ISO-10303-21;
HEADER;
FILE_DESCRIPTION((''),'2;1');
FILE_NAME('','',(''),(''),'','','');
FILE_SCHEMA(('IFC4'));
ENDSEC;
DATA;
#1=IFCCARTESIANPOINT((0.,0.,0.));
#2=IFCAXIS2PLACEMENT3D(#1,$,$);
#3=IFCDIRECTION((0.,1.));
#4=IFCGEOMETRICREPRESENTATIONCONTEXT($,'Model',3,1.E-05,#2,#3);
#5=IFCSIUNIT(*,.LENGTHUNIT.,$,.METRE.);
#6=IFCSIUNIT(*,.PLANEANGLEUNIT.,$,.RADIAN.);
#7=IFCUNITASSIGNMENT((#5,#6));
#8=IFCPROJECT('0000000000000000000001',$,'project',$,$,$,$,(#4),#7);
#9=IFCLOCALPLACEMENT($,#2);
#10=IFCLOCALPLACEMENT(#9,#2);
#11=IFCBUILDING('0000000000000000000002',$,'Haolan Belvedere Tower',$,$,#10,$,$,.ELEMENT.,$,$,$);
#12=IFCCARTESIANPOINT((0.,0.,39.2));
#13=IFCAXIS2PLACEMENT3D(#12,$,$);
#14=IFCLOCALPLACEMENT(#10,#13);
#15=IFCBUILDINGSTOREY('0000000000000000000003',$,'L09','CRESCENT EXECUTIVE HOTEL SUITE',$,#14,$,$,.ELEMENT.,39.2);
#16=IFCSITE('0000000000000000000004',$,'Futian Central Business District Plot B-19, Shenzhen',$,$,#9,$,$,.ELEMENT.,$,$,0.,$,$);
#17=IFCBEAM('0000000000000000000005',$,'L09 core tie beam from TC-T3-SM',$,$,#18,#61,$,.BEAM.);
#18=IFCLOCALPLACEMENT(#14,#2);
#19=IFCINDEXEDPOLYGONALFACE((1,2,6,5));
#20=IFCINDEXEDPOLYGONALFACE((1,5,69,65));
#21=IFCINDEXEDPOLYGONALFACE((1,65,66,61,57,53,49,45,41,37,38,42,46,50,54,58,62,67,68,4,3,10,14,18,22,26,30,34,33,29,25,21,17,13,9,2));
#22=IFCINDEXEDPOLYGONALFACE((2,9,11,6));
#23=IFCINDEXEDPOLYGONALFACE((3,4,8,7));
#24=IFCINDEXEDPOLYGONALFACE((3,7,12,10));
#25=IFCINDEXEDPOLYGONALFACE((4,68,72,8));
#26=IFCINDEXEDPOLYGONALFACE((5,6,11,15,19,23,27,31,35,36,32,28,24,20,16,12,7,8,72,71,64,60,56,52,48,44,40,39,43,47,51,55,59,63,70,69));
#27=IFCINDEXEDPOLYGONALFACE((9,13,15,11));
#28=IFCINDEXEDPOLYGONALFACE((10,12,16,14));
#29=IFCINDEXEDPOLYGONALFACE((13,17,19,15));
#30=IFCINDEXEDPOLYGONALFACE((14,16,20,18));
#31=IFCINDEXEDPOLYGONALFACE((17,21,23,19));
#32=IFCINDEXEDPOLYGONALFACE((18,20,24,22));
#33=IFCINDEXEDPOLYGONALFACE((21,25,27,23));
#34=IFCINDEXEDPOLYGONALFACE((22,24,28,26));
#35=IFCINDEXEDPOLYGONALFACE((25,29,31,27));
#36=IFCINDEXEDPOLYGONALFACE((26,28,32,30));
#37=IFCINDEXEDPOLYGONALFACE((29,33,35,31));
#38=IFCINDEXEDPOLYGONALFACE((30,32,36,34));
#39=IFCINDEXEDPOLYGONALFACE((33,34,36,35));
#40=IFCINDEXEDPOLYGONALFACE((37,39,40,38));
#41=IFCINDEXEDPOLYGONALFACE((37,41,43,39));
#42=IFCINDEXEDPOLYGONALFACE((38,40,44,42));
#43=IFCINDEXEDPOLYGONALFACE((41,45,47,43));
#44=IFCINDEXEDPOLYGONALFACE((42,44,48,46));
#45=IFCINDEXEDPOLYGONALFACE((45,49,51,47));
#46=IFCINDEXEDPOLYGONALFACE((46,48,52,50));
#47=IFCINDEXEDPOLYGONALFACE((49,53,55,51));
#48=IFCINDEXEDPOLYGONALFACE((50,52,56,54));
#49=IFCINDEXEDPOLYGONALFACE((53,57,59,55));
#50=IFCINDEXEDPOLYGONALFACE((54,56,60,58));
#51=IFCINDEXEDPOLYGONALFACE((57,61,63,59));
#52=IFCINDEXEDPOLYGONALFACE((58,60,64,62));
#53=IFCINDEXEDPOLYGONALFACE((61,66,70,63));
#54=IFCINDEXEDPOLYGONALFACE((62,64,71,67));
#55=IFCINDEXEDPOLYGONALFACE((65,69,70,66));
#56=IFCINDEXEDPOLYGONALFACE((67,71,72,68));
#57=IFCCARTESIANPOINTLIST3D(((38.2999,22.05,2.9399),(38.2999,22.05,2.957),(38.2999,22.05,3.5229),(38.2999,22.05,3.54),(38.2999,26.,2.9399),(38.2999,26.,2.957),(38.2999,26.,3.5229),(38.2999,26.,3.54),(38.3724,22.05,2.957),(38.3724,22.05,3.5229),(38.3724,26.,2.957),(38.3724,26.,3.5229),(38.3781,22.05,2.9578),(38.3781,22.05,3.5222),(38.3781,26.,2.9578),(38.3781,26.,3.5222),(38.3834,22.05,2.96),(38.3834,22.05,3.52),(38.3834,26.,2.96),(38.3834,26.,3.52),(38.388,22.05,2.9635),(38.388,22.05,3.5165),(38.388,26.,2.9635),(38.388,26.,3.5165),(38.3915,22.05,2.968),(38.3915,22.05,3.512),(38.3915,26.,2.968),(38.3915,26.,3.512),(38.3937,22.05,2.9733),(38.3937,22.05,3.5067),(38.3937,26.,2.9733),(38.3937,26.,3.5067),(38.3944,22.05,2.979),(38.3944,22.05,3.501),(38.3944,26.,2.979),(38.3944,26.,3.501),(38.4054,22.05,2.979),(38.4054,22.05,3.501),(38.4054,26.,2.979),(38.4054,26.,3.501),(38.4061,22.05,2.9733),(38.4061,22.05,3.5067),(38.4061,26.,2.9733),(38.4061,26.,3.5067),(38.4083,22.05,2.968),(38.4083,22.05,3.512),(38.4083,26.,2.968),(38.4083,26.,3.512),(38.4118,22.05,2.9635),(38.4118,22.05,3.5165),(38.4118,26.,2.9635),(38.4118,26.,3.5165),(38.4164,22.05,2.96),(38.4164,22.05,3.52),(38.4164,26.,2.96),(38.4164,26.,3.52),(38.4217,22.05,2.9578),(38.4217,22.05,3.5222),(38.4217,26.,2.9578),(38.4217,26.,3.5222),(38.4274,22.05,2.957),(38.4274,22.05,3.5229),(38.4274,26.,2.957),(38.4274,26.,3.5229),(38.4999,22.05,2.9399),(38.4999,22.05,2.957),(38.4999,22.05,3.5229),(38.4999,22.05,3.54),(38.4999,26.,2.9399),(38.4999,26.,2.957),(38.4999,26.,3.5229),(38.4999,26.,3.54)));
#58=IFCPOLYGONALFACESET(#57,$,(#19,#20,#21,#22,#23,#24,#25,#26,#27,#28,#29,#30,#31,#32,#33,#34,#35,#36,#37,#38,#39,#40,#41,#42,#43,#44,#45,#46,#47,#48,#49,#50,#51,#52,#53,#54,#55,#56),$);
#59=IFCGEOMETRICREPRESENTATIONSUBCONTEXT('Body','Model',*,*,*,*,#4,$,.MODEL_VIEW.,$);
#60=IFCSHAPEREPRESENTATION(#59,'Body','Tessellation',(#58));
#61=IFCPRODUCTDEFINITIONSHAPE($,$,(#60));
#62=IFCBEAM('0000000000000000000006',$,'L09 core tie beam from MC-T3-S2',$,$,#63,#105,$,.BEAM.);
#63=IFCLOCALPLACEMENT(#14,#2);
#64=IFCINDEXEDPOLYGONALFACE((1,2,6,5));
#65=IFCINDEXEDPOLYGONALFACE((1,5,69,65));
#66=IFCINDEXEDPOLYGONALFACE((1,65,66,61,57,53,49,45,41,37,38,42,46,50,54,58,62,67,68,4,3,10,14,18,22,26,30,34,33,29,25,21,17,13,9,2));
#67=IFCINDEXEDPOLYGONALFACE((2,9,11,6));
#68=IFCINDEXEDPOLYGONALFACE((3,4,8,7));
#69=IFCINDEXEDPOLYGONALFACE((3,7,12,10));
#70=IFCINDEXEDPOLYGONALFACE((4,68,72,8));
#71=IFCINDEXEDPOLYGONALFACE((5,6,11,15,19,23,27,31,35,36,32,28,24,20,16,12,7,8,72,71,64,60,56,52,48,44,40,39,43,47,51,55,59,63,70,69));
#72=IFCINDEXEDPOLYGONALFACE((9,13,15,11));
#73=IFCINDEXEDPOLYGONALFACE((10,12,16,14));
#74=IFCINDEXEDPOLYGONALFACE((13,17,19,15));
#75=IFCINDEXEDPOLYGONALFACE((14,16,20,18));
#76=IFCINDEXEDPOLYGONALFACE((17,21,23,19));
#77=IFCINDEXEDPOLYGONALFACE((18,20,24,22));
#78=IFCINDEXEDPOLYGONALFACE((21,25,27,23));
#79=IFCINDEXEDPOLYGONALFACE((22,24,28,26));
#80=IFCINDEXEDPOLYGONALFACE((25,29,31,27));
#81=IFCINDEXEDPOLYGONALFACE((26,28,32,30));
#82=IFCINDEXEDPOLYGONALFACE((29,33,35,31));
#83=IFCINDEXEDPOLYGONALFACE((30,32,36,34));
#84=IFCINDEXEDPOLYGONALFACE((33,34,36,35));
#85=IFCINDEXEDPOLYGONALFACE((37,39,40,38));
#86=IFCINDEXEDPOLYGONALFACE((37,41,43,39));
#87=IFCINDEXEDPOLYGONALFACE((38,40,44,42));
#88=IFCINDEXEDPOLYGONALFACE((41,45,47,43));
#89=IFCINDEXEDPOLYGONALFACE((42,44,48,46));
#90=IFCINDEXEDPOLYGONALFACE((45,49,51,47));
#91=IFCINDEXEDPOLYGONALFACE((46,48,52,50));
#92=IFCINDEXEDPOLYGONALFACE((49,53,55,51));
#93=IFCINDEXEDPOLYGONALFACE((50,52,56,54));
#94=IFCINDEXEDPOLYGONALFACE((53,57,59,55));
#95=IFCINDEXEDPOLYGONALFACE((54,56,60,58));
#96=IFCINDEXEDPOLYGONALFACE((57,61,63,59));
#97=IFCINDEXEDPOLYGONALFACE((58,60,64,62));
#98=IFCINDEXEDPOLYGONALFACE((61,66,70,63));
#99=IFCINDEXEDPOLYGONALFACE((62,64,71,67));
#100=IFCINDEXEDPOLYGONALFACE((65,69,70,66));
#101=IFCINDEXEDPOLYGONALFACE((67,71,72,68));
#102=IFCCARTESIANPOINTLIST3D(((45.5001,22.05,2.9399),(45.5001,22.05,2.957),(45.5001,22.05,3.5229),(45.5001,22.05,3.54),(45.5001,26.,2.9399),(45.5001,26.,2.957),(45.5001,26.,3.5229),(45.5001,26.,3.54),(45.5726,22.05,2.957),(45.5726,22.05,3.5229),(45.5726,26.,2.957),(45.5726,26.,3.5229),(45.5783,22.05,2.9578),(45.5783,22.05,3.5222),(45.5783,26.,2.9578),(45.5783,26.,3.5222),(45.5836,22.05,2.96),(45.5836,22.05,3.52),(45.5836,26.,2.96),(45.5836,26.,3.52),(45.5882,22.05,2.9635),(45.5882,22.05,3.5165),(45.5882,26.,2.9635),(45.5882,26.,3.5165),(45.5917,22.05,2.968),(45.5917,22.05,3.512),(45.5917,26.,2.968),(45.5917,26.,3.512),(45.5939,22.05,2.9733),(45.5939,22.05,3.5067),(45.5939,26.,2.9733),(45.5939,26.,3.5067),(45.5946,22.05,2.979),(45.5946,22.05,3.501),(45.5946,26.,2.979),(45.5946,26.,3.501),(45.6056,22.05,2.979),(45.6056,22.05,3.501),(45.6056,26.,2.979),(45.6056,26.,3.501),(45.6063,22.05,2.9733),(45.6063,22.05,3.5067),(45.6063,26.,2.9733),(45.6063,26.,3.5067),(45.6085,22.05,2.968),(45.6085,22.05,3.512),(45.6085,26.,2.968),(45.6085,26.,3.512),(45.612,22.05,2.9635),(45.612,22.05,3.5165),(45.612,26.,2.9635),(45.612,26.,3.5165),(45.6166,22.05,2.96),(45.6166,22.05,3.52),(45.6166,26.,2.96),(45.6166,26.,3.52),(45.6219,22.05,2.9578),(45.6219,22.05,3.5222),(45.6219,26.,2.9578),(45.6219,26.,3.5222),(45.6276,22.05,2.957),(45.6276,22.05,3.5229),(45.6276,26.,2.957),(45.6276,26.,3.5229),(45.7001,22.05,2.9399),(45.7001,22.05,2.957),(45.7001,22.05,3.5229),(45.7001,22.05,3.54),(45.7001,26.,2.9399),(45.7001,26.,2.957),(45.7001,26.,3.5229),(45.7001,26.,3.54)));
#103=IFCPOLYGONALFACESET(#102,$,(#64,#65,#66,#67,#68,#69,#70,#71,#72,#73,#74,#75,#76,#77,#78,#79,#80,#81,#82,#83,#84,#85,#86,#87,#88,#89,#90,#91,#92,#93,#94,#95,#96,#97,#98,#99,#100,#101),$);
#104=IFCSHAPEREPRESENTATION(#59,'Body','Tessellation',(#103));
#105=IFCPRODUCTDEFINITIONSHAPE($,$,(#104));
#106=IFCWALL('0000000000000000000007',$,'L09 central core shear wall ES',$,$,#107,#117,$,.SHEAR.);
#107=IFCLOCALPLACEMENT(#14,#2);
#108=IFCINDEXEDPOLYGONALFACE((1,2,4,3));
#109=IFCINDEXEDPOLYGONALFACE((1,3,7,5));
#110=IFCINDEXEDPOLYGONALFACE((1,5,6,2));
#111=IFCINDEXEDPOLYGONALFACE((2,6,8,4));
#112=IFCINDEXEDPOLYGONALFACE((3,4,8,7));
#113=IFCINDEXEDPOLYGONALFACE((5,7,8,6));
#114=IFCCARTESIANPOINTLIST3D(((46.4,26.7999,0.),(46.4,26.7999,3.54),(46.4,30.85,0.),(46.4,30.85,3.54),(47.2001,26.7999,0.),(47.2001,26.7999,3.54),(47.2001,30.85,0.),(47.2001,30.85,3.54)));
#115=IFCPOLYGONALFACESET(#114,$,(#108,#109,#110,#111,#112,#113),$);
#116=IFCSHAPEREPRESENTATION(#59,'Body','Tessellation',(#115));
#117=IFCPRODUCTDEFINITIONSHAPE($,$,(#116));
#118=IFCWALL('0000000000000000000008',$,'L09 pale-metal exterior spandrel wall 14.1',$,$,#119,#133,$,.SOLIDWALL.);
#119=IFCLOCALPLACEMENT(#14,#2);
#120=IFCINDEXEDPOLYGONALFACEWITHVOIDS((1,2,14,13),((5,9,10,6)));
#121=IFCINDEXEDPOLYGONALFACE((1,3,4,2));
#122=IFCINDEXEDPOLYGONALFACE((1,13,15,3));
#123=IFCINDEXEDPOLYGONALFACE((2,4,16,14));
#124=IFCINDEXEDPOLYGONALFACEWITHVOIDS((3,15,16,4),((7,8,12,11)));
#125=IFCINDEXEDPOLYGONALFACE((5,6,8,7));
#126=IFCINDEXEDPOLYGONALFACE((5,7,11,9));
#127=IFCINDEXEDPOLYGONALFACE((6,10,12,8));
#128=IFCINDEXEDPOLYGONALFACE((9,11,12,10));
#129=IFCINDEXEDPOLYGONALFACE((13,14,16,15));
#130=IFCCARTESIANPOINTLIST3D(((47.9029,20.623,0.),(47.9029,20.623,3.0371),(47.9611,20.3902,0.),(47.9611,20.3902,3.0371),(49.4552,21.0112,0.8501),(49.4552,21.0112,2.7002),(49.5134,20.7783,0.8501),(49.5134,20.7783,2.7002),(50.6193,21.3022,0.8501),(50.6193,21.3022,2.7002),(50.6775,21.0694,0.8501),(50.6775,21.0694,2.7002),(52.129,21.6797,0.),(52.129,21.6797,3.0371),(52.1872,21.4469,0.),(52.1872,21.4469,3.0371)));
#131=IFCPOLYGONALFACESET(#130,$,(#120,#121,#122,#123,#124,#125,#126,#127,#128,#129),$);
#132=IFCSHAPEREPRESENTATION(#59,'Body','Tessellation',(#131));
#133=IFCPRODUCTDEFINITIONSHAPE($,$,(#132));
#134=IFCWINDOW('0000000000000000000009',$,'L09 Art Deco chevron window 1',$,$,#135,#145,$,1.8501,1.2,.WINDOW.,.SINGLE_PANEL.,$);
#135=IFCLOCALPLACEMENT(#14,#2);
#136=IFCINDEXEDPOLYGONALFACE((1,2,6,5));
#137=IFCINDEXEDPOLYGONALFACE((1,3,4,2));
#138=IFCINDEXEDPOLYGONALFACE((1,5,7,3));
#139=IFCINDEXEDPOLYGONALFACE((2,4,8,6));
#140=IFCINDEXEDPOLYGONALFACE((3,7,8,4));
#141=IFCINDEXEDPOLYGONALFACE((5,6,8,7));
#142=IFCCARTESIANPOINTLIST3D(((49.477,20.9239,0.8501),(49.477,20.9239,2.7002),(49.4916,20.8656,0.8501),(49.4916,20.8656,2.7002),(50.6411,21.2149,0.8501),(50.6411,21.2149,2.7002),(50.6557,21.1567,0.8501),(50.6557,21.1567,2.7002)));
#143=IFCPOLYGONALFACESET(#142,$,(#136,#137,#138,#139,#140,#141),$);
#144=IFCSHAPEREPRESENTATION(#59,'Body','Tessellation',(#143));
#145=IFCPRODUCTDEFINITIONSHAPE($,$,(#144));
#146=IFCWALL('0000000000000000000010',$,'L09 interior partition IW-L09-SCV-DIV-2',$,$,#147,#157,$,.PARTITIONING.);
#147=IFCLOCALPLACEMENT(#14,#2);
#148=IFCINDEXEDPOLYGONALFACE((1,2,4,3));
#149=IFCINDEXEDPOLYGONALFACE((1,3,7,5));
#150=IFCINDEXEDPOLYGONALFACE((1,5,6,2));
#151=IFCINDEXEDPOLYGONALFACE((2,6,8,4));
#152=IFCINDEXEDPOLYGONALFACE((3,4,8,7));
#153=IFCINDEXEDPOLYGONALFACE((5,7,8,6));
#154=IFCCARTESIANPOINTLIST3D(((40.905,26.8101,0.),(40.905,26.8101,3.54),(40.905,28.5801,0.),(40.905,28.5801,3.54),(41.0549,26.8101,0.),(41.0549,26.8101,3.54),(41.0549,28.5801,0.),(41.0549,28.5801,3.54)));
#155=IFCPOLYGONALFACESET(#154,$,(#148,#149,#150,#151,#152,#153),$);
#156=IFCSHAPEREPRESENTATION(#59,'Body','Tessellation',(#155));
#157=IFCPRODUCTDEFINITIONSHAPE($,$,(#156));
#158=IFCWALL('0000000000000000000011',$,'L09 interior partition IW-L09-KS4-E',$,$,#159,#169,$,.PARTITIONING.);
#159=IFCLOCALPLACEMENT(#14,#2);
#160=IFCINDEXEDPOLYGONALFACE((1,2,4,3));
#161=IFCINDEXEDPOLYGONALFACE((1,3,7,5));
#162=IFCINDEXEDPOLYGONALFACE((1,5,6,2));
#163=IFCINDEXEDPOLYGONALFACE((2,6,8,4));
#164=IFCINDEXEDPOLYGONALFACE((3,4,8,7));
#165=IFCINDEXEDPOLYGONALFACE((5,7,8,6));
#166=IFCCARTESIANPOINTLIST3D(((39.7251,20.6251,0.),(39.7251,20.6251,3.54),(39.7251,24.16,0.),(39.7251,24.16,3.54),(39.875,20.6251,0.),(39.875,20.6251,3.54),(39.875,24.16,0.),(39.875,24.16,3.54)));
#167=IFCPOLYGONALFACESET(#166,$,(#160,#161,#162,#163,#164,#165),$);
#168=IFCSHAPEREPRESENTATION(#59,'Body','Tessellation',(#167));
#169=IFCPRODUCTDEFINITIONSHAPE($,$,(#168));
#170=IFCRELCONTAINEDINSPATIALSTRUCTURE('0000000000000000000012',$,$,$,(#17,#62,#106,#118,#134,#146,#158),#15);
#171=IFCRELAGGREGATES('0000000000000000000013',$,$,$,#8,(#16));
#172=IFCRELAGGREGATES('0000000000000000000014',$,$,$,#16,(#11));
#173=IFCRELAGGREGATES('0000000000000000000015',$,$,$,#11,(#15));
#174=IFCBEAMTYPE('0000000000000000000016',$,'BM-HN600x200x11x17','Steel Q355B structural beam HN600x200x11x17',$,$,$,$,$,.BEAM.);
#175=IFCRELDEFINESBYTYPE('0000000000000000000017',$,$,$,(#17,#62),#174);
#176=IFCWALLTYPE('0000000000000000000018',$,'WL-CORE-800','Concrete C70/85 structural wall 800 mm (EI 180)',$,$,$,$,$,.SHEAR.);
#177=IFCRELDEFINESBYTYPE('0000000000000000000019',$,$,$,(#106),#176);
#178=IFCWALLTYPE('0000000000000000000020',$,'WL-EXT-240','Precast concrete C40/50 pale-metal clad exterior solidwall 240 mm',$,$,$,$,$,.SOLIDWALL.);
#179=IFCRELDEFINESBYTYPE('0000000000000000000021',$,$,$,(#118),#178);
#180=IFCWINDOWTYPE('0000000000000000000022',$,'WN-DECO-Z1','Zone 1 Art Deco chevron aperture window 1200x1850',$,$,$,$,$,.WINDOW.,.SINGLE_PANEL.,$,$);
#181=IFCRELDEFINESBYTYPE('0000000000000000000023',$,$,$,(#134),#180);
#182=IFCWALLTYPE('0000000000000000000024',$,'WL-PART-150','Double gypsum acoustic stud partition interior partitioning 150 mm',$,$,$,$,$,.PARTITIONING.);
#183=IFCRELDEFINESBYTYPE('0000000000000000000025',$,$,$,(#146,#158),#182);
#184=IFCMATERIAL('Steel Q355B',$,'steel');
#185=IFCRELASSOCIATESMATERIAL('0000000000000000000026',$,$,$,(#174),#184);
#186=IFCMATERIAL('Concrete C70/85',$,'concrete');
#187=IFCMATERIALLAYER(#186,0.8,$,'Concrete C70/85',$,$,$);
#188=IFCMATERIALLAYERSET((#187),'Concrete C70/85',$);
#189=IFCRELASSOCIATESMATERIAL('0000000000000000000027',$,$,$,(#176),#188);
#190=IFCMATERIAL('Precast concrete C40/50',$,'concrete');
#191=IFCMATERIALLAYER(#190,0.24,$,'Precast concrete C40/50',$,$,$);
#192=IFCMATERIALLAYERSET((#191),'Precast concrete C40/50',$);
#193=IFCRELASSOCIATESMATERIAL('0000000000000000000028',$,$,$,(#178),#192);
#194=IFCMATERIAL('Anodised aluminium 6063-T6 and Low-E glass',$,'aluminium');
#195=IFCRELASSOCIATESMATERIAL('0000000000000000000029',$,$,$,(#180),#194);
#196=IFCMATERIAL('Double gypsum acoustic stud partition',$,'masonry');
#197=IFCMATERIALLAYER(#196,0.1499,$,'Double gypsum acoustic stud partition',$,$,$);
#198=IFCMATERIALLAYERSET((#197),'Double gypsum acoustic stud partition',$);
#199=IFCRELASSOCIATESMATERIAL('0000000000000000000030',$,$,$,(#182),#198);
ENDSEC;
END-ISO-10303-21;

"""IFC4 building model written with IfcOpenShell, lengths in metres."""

from ifc_helpers import new_model, si_unit, direction, frame, frame_2d, origin, origin_2d, place, context, subcontext, project, spatial, rectangle, i_section, extrude, material, layer, layer_set, material_profile, profile_set, type_object, element, fill, save


model = new_model("IFC4")

# Units and contexts
model_context = context("Model", 3, precision=1e-05, world=origin(), true_north=direction((0.0, 1.0)))
body_context = subcontext(model_context, "Body", "Model", "MODEL_VIEW")
ifc_project = project(units=[si_unit("LENGTHUNIT", "METRE"), si_unit("PLANEANGLEUNIT", "RADIAN")], contexts=[model_context])

# Site, building, storey
site_placement = place(None, origin())
site = spatial("IfcSite", under=ifc_project, at=site_placement, Name="Futian Central Business District Plot B-19, Shenzhen", CompositionType="ELEMENT", RefElevation=0.0)
building_placement = place(site_placement, origin())
building = spatial("IfcBuilding", under=site, at=building_placement, Name="Haolan Belvedere Tower", CompositionType="ELEMENT")
storey_placement = place(building_placement, frame((0.0, 0.0, 39.2)))
storey = spatial("IfcBuildingStorey", under=building, at=storey_placement, Name="L09", Description="CRESCENT EXECUTIVE HOTEL SUITE", CompositionType="ELEMENT", Elevation=39.2)

# Shared definitions
ifc_material_1 = material(Name="Steel Q355B", Category="steel")

# Beams
ifc_material_profile_1 = material_profile(ifc_material_1, i_section(OverallWidth=0.2, OverallDepth=0.6001, WebThickness=0.011, FlangeThickness=0.0171, FilletRadius=0.022, at=origin_2d()), Name="Steel Q355B")
ifc_profile_set_1 = profile_set([ifc_material_profile_1], Name="Steel Q355B")
beam_type_1 = type_object("IfcBeamType", Name="BM-HN600x200x11x17", Description="Steel Q355B structural beam HN600x200x11x17", PredefinedType="BEAM", material=ifc_profile_set_1)
for number, where, z_axis, x_axis, name in (
    (1, (38.3999, 22.05, 3.24), (0.0, 1.0, 0.0), (-1.0, 0.0, 0.0), "L09 core tie beam from TC-T3-SM"),
    (2, (45.6001, 22.05, 3.24), (0.0, 1.0, 0.0), (-1.0, 0.0, 0.0), "L09 core tie beam from MC-T3-S2"),
):
    element("IfcBeam", number, at=place(storey_placement, frame(where, z_axis=z_axis, x_axis=x_axis)), inside=storey, type_object=beam_type_1, Name=name, PredefinedType="BEAM", context=body_context, shape_type="SweptSolid", body=[
        extrude(i_section(OverallWidth=0.2, OverallDepth=0.6001, WebThickness=0.011, FlangeThickness=0.0171, FilletRadius=0.022, at=origin_2d()), origin(), (0.0, 0.0, 1.0), 3.95),
    ])

# Wall
ifc_material_2 = material(Name="Concrete C70/85", Category="concrete")
ifc_layer_1 = layer(ifc_material_2, 0.8, Name="Concrete C70/85")
ifc_layer_set_1 = layer_set([ifc_layer_1], Name="Concrete C70/85")
wall_type_1 = type_object("IfcWallType", Name="WL-CORE-800", Description="Concrete C70/85 structural wall 800 mm (EI 180)", PredefinedType="SHEAR", material=ifc_layer_set_1)
wall_1_placement = place(storey_placement, frame((46.8, 26.8, 0.0), z_axis=(0.0, 0.0, 1.0), x_axis=(0.0, 1.0, 0.0)))
element("IfcWall", 3, at=wall_1_placement, inside=storey, type_object=wall_type_1, Name="L09 central core shear wall ES", PredefinedType="SHEAR", context=body_context, shape_type="SweptSolid", body=[
    extrude(rectangle(XDim=4.05, YDim=0.8, at=frame_2d((2.0249, 0.0))), origin(), (0.0, 0.0, 1.0), 3.54),
])

# Wall, opening, window
ifc_material_3 = material(Name="Precast concrete C40/50", Category="concrete")
ifc_layer_2 = layer(ifc_material_3, 0.24, Name="Precast concrete C40/50")
ifc_layer_set_2 = layer_set([ifc_layer_2], Name="Precast concrete C40/50")
wall_type_2 = type_object("IfcWallType", Name="WL-EXT-240", Description="Precast concrete C40/50 pale-metal clad exterior solidwall 240 mm", PredefinedType="SOLIDWALL", material=ifc_layer_set_2)
wall_2_placement = place(storey_placement, frame((47.9319, 20.5066, 0.0), z_axis=(0.0, 0.0, 1.0), x_axis=(0.970136, 0.242562, 0.0)))
wall_2 = element("IfcWall", 4, at=wall_2_placement, inside=storey, type_object=wall_type_2, Name="L09 pale-metal exterior spandrel wall 14.1", PredefinedType="SOLIDWALL", context=body_context, shape_type="SweptSolid", body=[
    extrude(rectangle(XDim=4.3562, YDim=0.24, at=frame_2d((2.1782, 0.0))), origin(), (0.0, 0.0, 1.0), 3.0371),
])
opening_1_placement = place(wall_2_placement, frame((1.6001, 0.0, 0.8501)))
opening_1 = element("IfcOpeningElement", 5, at=opening_1_placement, cuts=wall_2, PredefinedType="OPENING", context=body_context, shape_type="SweptSolid", body=[
    extrude(rectangle(XDim=1.2, YDim=1.8501, at=frame_2d((0.6001, 0.925))), frame((0.0, 0.1299, 0.0), z_axis=(0.0, -1.0, 0.0), x_axis=(1.0, 0.0, 0.0)), (0.0, 0.0, 1.0), 0.26),
])
ifc_material_4 = material(Name="Anodised aluminium 6063-T6 and Low-E glass", Category="aluminium")
window_type = type_object("IfcWindowType", Name="WN-DECO-Z1", Description="Zone 1 Art Deco chevron aperture window 1200x1850", PartitioningType="SINGLE_PANEL", PredefinedType="WINDOW", material=ifc_material_4)
window_placement = place(opening_1_placement, origin())
window = element("IfcWindow", 6, at=window_placement, inside=storey, type_object=window_type, Name="L09 Art Deco chevron window 1", OverallHeight=1.8501, OverallWidth=1.2, PartitioningType="SINGLE_PANEL", PredefinedType="WINDOW", context=body_context, shape_type="SweptSolid", body=[
    extrude(rectangle(XDim=1.2, YDim=1.8501, at=frame_2d((0.6001, 0.925))), frame((0.0, 0.03, 0.0), z_axis=(0.0, -1.0, 0.0), x_axis=(1.0, 0.0, 0.0)), (0.0, 0.0, 1.0), 0.0601),
])
fill(opening_1, window)

# Walls
ifc_material_5 = material(Name="Double gypsum acoustic stud partition", Category="masonry")
ifc_layer_3 = layer(ifc_material_5, 0.1499, Name="Double gypsum acoustic stud partition")
ifc_layer_set_3 = layer_set([ifc_layer_3], Name="Double gypsum acoustic stud partition")
wall_type_3 = type_object("IfcWallType", Name="WL-PART-150", Description="Double gypsum acoustic stud partition interior partitioning 150 mm", PredefinedType="PARTITIONING", material=ifc_layer_set_3)
wall_3_placement = place(storey_placement, frame((40.98, 26.8101, 0.0), z_axis=(0.0, 0.0, 1.0), x_axis=(0.0, 1.0, 0.0)))
element("IfcWall", 7, at=wall_3_placement, inside=storey, type_object=wall_type_3, Name="L09 interior partition IW-L09-SCV-DIV-2", PredefinedType="PARTITIONING", context=body_context, shape_type="SweptSolid", body=[
    extrude(rectangle(XDim=1.77, YDim=0.1499, at=frame_2d((0.885, 0.0))), origin(), (0.0, 0.0, 1.0), 3.54),
])
wall_4_placement = place(storey_placement, frame((39.8, 20.625, 0.0), z_axis=(0.0, 0.0, 1.0), x_axis=(0.0, 1.0, 0.0)))
element("IfcWall", 8, at=wall_4_placement, inside=storey, type_object=wall_type_3, Name="L09 interior partition IW-L09-KS4-E", PredefinedType="PARTITIONING", context=body_context, shape_type="SweptSolid", body=[
    extrude(rectangle(XDim=3.5349, YDim=0.1499, at=frame_2d((1.7676, 0.0))), origin(), (0.0, 0.0, 1.0), 3.54),
])

save(model, "model.ifc")
